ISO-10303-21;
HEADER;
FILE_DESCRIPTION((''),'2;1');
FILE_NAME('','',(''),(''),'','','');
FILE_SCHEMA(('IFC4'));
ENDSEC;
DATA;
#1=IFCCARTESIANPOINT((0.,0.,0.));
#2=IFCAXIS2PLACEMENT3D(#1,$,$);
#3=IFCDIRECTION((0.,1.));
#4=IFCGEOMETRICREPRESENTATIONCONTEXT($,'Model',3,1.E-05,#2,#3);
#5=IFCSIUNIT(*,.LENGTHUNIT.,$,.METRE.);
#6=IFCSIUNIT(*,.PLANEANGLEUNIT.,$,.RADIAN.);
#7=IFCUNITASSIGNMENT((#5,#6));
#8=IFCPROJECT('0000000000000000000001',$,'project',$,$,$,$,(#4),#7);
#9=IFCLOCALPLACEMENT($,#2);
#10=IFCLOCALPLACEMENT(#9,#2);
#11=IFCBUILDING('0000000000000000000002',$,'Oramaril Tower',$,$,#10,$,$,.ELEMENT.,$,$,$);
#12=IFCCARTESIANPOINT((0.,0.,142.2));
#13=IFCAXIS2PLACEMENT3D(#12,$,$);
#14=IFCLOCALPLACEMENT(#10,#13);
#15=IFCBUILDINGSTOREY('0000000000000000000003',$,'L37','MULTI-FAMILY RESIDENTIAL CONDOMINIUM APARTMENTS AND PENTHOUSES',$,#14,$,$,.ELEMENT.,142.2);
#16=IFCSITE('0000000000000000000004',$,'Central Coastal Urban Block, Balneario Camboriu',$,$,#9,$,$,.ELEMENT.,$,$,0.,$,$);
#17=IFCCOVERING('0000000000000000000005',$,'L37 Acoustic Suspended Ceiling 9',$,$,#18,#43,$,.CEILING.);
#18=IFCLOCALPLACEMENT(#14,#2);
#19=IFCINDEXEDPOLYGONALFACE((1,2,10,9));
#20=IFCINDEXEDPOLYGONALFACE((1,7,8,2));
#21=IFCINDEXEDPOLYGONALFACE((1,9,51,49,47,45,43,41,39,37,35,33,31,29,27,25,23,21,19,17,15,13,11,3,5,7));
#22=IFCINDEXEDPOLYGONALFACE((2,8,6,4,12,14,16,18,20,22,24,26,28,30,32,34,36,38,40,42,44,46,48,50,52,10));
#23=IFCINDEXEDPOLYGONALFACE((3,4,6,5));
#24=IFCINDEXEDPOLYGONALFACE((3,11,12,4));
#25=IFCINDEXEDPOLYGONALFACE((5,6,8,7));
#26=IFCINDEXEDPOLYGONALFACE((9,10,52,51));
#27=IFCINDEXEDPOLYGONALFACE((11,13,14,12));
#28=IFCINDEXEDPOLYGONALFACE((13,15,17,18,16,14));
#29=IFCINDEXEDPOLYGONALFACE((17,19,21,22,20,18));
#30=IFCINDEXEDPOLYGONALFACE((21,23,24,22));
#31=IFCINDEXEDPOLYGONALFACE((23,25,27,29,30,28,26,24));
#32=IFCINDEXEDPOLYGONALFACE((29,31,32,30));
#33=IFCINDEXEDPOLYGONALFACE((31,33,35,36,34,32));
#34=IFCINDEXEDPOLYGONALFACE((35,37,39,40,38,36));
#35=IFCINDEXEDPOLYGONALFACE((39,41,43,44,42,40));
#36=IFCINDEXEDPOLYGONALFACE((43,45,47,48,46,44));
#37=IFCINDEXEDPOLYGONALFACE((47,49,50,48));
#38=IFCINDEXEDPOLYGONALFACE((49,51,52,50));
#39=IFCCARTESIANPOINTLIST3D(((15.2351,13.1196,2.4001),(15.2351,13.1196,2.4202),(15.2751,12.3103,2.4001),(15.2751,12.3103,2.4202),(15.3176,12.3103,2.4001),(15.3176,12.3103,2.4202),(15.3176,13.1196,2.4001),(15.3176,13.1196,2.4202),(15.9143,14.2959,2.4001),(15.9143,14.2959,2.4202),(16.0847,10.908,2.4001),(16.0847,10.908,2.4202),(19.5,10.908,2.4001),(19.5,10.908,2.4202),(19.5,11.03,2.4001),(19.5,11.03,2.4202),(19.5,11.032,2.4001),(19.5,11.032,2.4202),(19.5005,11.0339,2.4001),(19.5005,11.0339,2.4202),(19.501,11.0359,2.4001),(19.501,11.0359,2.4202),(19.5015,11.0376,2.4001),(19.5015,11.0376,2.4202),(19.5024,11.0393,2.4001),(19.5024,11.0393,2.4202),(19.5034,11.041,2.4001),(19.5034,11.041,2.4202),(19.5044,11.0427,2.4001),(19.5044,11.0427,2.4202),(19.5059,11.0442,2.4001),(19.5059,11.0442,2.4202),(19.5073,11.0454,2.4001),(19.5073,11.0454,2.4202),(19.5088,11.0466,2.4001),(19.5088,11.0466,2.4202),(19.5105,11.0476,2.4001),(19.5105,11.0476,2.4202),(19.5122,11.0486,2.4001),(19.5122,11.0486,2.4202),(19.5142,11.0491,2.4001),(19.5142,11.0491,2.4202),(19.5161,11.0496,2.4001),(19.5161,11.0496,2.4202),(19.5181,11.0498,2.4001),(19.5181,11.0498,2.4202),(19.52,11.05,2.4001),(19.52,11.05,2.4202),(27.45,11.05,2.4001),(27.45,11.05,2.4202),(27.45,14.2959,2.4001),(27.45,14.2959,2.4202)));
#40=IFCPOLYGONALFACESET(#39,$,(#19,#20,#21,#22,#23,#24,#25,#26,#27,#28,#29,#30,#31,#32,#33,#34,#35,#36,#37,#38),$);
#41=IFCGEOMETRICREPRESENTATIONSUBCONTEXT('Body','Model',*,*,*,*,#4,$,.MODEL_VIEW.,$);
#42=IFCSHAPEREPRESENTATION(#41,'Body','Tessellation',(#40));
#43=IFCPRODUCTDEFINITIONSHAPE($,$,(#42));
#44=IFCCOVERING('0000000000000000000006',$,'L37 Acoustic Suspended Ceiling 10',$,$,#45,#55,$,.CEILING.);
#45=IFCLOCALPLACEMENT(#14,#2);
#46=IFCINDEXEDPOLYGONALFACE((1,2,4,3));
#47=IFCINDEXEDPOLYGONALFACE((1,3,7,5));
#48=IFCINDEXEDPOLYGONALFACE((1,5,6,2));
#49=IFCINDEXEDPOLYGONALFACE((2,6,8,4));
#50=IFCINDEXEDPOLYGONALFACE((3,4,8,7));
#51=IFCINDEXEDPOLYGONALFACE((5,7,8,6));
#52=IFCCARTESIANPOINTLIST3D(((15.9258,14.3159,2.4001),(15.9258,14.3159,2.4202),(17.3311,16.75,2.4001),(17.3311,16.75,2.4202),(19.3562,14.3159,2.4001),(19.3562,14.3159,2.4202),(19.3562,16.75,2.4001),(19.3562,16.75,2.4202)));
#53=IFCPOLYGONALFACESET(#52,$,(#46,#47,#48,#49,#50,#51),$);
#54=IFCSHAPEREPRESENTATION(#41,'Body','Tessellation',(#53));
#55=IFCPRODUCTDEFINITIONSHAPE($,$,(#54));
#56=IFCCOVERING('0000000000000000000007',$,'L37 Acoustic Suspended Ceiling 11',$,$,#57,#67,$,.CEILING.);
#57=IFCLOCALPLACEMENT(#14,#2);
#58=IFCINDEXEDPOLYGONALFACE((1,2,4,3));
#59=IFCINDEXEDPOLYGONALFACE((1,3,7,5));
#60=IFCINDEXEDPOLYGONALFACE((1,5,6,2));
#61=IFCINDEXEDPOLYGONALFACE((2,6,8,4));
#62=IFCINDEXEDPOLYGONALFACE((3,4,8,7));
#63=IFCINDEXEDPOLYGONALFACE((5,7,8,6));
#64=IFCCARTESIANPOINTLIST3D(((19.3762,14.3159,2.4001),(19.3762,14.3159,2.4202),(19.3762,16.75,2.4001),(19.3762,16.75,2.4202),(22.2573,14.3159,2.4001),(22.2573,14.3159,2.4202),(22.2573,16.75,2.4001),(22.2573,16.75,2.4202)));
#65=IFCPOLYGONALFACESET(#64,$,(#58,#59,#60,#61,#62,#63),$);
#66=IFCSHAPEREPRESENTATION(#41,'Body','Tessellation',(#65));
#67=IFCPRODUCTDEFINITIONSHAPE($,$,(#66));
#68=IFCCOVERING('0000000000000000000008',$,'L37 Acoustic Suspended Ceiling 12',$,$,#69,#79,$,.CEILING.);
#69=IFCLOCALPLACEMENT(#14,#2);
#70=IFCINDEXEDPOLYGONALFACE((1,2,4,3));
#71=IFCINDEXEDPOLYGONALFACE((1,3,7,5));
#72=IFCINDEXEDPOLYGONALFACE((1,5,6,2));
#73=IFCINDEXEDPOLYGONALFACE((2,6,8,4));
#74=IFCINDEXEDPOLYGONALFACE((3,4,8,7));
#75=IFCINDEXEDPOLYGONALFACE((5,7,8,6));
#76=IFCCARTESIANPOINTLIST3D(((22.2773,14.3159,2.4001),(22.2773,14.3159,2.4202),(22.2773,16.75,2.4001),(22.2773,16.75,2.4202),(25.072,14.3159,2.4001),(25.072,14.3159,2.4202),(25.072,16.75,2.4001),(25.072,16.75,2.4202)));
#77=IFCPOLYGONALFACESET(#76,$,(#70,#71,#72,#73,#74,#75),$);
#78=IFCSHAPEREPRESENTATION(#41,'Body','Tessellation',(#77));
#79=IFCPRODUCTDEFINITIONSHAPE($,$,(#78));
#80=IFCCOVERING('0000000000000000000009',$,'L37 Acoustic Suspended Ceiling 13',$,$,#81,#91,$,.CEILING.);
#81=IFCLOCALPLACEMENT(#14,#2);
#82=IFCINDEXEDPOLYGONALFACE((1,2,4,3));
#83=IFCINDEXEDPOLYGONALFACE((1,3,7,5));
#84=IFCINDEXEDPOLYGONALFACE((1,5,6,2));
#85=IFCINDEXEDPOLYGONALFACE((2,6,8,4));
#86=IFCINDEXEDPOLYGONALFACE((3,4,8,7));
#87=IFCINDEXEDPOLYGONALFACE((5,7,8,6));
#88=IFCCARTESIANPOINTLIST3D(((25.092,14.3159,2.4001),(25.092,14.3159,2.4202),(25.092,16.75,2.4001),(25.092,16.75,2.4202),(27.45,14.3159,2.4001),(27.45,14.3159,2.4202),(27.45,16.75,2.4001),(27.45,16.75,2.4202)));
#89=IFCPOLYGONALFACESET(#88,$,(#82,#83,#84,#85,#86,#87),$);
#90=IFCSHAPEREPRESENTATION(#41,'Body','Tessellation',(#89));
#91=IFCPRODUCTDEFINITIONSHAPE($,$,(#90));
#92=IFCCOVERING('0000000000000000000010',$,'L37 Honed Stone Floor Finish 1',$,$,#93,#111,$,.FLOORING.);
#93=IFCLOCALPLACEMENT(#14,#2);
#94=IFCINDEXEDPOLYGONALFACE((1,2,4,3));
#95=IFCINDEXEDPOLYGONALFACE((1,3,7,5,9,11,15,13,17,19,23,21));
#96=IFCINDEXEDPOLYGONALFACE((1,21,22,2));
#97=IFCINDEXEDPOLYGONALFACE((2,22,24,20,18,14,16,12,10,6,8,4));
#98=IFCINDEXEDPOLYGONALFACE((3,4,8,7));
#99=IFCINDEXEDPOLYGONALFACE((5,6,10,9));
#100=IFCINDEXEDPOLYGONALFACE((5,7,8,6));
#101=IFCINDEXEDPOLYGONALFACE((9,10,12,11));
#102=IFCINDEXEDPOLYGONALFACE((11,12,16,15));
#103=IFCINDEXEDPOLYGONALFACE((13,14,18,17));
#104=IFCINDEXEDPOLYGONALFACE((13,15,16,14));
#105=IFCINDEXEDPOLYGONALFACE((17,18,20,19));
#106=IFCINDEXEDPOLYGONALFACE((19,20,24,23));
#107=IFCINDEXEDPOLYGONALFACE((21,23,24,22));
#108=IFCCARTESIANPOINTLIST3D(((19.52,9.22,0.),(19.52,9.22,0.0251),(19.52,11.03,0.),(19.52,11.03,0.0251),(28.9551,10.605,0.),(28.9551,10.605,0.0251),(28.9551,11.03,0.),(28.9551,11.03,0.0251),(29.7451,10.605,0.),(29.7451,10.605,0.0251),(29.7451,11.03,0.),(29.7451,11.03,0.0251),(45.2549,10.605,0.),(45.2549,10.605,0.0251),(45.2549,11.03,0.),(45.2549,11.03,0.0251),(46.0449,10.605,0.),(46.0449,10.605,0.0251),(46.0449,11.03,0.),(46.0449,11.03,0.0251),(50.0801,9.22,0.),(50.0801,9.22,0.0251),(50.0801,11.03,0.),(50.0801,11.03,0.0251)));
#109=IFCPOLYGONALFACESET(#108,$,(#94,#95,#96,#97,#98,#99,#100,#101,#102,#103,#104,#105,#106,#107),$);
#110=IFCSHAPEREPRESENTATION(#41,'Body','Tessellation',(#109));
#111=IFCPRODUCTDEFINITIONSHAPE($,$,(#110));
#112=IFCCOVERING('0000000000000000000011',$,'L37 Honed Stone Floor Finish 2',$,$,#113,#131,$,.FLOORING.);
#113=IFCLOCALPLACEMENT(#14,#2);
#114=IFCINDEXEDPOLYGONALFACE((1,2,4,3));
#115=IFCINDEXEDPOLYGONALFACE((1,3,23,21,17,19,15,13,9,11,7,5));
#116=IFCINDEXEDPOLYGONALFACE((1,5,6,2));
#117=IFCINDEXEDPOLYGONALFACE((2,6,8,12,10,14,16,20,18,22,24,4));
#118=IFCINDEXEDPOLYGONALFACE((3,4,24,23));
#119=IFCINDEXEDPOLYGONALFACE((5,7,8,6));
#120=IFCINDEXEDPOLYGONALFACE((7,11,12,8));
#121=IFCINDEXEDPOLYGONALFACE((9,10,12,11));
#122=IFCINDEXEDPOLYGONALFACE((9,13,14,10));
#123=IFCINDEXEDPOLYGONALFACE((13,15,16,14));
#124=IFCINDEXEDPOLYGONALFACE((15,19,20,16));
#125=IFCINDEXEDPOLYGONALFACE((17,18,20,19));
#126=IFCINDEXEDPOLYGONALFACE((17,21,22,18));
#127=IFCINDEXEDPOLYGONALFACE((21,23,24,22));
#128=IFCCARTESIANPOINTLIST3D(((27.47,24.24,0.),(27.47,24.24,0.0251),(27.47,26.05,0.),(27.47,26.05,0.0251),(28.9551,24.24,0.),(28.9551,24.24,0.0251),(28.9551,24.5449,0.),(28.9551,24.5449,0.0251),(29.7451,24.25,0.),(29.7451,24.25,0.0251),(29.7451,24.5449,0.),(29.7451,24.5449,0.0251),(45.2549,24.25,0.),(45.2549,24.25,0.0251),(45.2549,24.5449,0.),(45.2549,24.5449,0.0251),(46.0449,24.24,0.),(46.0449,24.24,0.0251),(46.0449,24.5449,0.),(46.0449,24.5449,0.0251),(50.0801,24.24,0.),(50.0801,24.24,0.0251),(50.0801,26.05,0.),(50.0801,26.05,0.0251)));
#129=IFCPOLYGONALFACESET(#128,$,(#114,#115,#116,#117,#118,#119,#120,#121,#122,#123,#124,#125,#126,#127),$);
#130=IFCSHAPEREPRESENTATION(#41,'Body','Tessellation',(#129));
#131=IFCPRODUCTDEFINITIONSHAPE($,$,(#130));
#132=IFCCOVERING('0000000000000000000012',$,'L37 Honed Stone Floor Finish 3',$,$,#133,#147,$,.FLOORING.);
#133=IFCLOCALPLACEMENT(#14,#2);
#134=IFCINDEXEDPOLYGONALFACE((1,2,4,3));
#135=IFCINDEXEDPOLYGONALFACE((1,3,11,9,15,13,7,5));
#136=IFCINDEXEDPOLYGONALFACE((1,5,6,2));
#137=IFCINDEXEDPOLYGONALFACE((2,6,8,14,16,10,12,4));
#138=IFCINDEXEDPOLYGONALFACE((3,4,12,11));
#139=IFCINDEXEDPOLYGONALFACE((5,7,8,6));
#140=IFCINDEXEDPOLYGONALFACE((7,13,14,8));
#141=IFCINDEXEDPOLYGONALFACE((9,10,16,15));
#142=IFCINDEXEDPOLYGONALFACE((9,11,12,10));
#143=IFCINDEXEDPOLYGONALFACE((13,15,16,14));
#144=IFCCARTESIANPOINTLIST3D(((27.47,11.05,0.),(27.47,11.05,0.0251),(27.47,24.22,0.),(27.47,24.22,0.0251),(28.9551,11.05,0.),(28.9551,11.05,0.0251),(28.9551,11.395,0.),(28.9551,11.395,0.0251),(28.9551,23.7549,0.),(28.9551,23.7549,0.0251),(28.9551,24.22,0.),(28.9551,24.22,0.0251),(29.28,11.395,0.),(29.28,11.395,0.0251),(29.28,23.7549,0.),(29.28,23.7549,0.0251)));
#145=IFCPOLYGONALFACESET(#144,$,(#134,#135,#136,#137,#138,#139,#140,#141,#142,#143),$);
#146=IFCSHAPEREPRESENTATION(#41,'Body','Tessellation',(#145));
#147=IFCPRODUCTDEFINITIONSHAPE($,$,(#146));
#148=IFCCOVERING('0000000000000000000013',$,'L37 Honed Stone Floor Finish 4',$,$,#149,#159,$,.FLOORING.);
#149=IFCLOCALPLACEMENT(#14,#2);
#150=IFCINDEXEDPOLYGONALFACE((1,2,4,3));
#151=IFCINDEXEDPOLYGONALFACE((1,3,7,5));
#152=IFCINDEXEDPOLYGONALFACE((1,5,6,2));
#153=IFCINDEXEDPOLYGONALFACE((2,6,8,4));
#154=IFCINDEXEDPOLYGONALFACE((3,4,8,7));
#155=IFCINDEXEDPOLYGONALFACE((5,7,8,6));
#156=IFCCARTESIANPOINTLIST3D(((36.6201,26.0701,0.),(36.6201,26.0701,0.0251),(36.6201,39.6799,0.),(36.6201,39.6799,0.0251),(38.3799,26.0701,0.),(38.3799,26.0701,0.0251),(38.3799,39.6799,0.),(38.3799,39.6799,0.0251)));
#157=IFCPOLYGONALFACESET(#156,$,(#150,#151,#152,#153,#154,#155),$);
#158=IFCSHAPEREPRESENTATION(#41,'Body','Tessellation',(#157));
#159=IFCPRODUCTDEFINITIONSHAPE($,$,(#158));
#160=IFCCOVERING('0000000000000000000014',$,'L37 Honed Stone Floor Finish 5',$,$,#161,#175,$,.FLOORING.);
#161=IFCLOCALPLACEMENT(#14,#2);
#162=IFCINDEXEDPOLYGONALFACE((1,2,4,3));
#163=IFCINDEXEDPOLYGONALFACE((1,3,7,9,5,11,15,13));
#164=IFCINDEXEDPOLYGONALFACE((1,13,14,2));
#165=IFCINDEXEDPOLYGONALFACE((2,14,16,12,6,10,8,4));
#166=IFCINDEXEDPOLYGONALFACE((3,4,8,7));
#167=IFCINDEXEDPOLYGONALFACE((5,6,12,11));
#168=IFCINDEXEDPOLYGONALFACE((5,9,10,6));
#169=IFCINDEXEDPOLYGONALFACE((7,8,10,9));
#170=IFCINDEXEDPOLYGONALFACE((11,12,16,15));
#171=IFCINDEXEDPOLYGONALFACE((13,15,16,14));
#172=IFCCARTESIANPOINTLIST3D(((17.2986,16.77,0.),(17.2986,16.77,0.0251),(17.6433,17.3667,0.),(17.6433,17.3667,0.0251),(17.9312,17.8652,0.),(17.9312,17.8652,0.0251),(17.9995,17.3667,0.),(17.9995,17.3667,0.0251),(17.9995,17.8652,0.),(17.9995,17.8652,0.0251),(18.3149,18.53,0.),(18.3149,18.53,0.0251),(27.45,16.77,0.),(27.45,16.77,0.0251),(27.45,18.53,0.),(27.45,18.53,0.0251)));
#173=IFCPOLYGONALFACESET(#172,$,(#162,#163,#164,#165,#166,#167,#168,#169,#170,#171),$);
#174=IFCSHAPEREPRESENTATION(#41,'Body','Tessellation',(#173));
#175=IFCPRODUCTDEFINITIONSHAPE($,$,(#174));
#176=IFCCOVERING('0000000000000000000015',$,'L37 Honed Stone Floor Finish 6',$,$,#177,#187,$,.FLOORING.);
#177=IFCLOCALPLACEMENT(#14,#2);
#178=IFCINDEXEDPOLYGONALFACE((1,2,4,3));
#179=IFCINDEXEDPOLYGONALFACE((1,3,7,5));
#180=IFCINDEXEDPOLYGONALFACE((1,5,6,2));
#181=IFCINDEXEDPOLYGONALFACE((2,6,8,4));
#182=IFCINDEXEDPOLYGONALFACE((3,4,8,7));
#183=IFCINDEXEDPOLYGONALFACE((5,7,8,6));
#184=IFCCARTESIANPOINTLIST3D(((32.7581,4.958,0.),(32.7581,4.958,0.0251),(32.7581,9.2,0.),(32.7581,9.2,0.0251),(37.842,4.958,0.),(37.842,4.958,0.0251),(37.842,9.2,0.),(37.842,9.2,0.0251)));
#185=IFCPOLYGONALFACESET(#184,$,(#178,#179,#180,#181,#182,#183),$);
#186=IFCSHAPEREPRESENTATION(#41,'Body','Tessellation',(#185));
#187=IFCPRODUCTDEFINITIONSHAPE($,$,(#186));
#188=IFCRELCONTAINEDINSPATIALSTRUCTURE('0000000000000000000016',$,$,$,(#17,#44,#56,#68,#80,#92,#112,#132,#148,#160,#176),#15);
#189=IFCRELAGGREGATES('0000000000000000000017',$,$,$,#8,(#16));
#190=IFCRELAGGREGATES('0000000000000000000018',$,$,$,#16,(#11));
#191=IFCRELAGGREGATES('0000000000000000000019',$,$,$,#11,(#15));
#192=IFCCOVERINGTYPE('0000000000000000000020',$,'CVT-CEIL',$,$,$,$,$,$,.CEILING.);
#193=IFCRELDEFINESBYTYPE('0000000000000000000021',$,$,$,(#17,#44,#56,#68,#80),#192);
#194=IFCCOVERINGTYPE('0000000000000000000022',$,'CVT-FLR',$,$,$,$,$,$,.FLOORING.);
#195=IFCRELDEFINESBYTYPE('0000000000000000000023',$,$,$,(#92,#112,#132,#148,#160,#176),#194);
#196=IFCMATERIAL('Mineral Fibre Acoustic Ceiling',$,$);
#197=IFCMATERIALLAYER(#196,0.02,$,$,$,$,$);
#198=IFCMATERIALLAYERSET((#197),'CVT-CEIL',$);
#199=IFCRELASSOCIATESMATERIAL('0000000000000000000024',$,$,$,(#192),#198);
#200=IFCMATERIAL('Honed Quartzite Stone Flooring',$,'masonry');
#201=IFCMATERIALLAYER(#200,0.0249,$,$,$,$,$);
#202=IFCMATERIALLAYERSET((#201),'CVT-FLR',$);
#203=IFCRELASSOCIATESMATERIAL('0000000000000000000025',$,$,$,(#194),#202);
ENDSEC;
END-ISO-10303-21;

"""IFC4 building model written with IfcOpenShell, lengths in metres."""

from ifc_helpers import new_model, si_unit, direction, frame, origin, place, context, subcontext, project, spatial, polyline, outline, extrude, material, layer, layer_set, type_object, element, save


model = new_model("IFC4")

# Units and contexts
model_context = context("Model", 3, precision=1e-05, world=origin(), true_north=direction((0.0, 1.0)))
body_context = subcontext(model_context, "Body", "Model", "MODEL_VIEW")
ifc_project = project(units=[si_unit("LENGTHUNIT", "METRE"), si_unit("PLANEANGLEUNIT", "RADIAN")], contexts=[model_context])

# Site, building, storey
site_placement = place(None, origin())
site = spatial("IfcSite", under=ifc_project, at=site_placement, Name="Central Coastal Urban Block, Balneario Camboriu", CompositionType="ELEMENT", RefElevation=0.0)
building_placement = place(site_placement, origin())
building = spatial("IfcBuilding", under=site, at=building_placement, Name="Oramaril Tower", CompositionType="ELEMENT")
storey_placement = place(building_placement, frame((0.0, 0.0, 142.2)))
storey = spatial("IfcBuildingStorey", under=building, at=storey_placement, Name="L37", Description="MULTI-FAMILY RESIDENTIAL CONDOMINIUM APARTMENTS AND PENTHOUSES", CompositionType="ELEMENT", Elevation=142.2)

# Coverings
ifc_material_1 = material(Name="Mineral Fibre Acoustic Ceiling")
ifc_layer_1 = layer(ifc_material_1, 0.02)
ifc_layer_set_1 = layer_set([ifc_layer_1], Name="CVT-CEIL")
covering_type_1 = type_object("IfcCoveringType", Name="CVT-CEIL", PredefinedType="CEILING", material=ifc_layer_set_1)
covering_1_placement = place(storey_placement, frame((0.0, 0.0, 2.4001)))
element("IfcCovering", 1, at=covering_1_placement, inside=storey, type_object=covering_type_1, Name="L37 Acoustic Suspended Ceiling 9", PredefinedType="CEILING", context=body_context, shape_type="SweptSolid", body=[
    extrude(outline(polyline([(16.0847, 10.908), (15.2751, 12.3103), (15.3176, 12.3103), (15.3176, 13.1196), (15.2351, 13.1196), (15.9143, 14.2959), (27.45, 14.2959), (27.45, 11.05), (19.52, 11.05), (19.5181, 11.0498), (19.5161, 11.0496), (19.5142, 11.0491), (19.5122, 11.0486), (19.5105, 11.0476), (19.5088, 11.0466), (19.5073, 11.0454), (19.5059, 11.0442), (19.5044, 11.0427), (19.5034, 11.041), (19.5024, 11.0393), (19.5015, 11.0376), (19.501, 11.0359), (19.5005, 11.0339), (19.5, 11.032), (19.5, 11.03), (19.5, 10.908), (16.0847, 10.908)])), origin(), (0.0, 0.0, 1.0), 0.02),
])
covering_2_placement = place(storey_placement, frame((0.0, 0.0, 2.4001)))
element("IfcCovering", 2, at=covering_2_placement, inside=storey, type_object=covering_type_1, Name="L37 Acoustic Suspended Ceiling 10", PredefinedType="CEILING", context=body_context, shape_type="SweptSolid", body=[
    extrude(outline(polyline([(17.3311, 16.75), (19.3562, 16.75), (19.3562, 14.3159), (15.9258, 14.3159), (17.3311, 16.75)])), origin(), (0.0, 0.0, 1.0), 0.02),
])
covering_3_placement = place(storey_placement, frame((0.0, 0.0, 2.4001)))
element("IfcCovering", 3, at=covering_3_placement, inside=storey, type_object=covering_type_1, Name="L37 Acoustic Suspended Ceiling 11", PredefinedType="CEILING", context=body_context, shape_type="SweptSolid", body=[
    extrude(outline(polyline([(22.2573, 14.3159), (19.3762, 14.3159), (19.3762, 16.75), (22.2573, 16.75), (22.2573, 14.3159)])), origin(), (0.0, 0.0, 1.0), 0.02),
])
covering_4_placement = place(storey_placement, frame((0.0, 0.0, 2.4001)))
element("IfcCovering", 4, at=covering_4_placement, inside=storey, type_object=covering_type_1, Name="L37 Acoustic Suspended Ceiling 12", PredefinedType="CEILING", context=body_context, shape_type="SweptSolid", body=[
    extrude(outline(polyline([(25.072, 14.3159), (22.2773, 14.3159), (22.2773, 16.75), (25.072, 16.75), (25.072, 14.3159)])), origin(), (0.0, 0.0, 1.0), 0.02),
])
covering_5_placement = place(storey_placement, frame((0.0, 0.0, 2.4001)))
element("IfcCovering", 5, at=covering_5_placement, inside=storey, type_object=covering_type_1, Name="L37 Acoustic Suspended Ceiling 13", PredefinedType="CEILING", context=body_context, shape_type="SweptSolid", body=[
    extrude(outline(polyline([(25.092, 16.75), (27.45, 16.75), (27.45, 14.3159), (25.092, 14.3159), (25.092, 16.75)])), origin(), (0.0, 0.0, 1.0), 0.02),
])
ifc_material_2 = material(Name="Honed Quartzite Stone Flooring", Category="masonry")
ifc_layer_2 = layer(ifc_material_2, 0.0249)
ifc_layer_set_2 = layer_set([ifc_layer_2], Name="CVT-FLR")
covering_type_2 = type_object("IfcCoveringType", Name="CVT-FLR", PredefinedType="FLOORING", material=ifc_layer_set_2)
covering_6_placement = place(storey_placement, origin())
element("IfcCovering", 6, at=covering_6_placement, inside=storey, type_object=covering_type_2, Name="L37 Honed Stone Floor Finish 1", PredefinedType="FLOORING", context=body_context, shape_type="SweptSolid", body=[
    extrude(outline(polyline([(28.9551, 10.605), (29.7451, 10.605), (29.7451, 11.03), (45.2549, 11.03), (45.2549, 10.605), (46.0449, 10.605), (46.0449, 11.03), (50.0801, 11.03), (50.0801, 9.22), (19.52, 9.22), (19.52, 11.03), (28.9551, 11.03), (28.9551, 10.605)])), origin(), (0.0, 0.0, 1.0), 0.0251),
])
covering_7_placement = place(storey_placement, origin())
element("IfcCovering", 7, at=covering_7_placement, inside=storey, type_object=covering_type_2, Name="L37 Honed Stone Floor Finish 2", PredefinedType="FLOORING", context=body_context, shape_type="SweptSolid", body=[
    extrude(outline(polyline([(50.0801, 24.24), (46.0449, 24.24), (46.0449, 24.5449), (45.2549, 24.5449), (45.2549, 24.25), (29.7451, 24.25), (29.7451, 24.5449), (28.9551, 24.5449), (28.9551, 24.24), (27.47, 24.24), (27.47, 26.05), (50.0801, 26.05), (50.0801, 24.24)])), origin(), (0.0, 0.0, 1.0), 0.0251),
])
covering_8_placement = place(storey_placement, origin())
element("IfcCovering", 8, at=covering_8_placement, inside=storey, type_object=covering_type_2, Name="L37 Honed Stone Floor Finish 3", PredefinedType="FLOORING", context=body_context, shape_type="SweptSolid", body=[
    extrude(outline(polyline([(28.9551, 23.7549), (29.28, 23.7549), (29.28, 11.395), (28.9551, 11.395), (28.9551, 11.05), (27.47, 11.05), (27.47, 24.22), (28.9551, 24.22), (28.9551, 23.7549)])), origin(), (0.0, 0.0, 1.0), 0.0251),
])
covering_9_placement = place(storey_placement, origin())
element("IfcCovering", 9, at=covering_9_placement, inside=storey, type_object=covering_type_2, Name="L37 Honed Stone Floor Finish 4", PredefinedType="FLOORING", context=body_context, shape_type="SweptSolid", body=[
    extrude(outline(polyline([(38.3799, 26.0701), (36.6201, 26.0701), (36.6201, 39.6799), (38.3799, 39.6799), (38.3799, 26.0701)])), origin(), (0.0, 0.0, 1.0), 0.0251),
])
covering_10_placement = place(storey_placement, origin())
element("IfcCovering", 10, at=covering_10_placement, inside=storey, type_object=covering_type_2, Name="L37 Honed Stone Floor Finish 5", PredefinedType="FLOORING", context=body_context, shape_type="SweptSolid", body=[
    extrude(outline(polyline([(17.2986, 16.77), (17.6433, 17.3667), (17.9995, 17.3667), (17.9995, 17.8652), (17.9312, 17.8652), (18.3149, 18.53), (27.45, 18.53), (27.45, 16.77), (17.2986, 16.77)])), origin(), (0.0, 0.0, 1.0), 0.0251),
])
covering_11_placement = place(storey_placement, origin())
element("IfcCovering", 11, at=covering_11_placement, inside=storey, type_object=covering_type_2, Name="L37 Honed Stone Floor Finish 6", PredefinedType="FLOORING", context=body_context, shape_type="SweptSolid", body=[
    extrude(outline(polyline([(32.7581, 4.958), (32.7581, 9.2), (37.842, 9.2), (37.842, 4.958), (32.7581, 4.958)])), origin(), (0.0, 0.0, 1.0), 0.0251),
])

save(model, "model.ifc")
